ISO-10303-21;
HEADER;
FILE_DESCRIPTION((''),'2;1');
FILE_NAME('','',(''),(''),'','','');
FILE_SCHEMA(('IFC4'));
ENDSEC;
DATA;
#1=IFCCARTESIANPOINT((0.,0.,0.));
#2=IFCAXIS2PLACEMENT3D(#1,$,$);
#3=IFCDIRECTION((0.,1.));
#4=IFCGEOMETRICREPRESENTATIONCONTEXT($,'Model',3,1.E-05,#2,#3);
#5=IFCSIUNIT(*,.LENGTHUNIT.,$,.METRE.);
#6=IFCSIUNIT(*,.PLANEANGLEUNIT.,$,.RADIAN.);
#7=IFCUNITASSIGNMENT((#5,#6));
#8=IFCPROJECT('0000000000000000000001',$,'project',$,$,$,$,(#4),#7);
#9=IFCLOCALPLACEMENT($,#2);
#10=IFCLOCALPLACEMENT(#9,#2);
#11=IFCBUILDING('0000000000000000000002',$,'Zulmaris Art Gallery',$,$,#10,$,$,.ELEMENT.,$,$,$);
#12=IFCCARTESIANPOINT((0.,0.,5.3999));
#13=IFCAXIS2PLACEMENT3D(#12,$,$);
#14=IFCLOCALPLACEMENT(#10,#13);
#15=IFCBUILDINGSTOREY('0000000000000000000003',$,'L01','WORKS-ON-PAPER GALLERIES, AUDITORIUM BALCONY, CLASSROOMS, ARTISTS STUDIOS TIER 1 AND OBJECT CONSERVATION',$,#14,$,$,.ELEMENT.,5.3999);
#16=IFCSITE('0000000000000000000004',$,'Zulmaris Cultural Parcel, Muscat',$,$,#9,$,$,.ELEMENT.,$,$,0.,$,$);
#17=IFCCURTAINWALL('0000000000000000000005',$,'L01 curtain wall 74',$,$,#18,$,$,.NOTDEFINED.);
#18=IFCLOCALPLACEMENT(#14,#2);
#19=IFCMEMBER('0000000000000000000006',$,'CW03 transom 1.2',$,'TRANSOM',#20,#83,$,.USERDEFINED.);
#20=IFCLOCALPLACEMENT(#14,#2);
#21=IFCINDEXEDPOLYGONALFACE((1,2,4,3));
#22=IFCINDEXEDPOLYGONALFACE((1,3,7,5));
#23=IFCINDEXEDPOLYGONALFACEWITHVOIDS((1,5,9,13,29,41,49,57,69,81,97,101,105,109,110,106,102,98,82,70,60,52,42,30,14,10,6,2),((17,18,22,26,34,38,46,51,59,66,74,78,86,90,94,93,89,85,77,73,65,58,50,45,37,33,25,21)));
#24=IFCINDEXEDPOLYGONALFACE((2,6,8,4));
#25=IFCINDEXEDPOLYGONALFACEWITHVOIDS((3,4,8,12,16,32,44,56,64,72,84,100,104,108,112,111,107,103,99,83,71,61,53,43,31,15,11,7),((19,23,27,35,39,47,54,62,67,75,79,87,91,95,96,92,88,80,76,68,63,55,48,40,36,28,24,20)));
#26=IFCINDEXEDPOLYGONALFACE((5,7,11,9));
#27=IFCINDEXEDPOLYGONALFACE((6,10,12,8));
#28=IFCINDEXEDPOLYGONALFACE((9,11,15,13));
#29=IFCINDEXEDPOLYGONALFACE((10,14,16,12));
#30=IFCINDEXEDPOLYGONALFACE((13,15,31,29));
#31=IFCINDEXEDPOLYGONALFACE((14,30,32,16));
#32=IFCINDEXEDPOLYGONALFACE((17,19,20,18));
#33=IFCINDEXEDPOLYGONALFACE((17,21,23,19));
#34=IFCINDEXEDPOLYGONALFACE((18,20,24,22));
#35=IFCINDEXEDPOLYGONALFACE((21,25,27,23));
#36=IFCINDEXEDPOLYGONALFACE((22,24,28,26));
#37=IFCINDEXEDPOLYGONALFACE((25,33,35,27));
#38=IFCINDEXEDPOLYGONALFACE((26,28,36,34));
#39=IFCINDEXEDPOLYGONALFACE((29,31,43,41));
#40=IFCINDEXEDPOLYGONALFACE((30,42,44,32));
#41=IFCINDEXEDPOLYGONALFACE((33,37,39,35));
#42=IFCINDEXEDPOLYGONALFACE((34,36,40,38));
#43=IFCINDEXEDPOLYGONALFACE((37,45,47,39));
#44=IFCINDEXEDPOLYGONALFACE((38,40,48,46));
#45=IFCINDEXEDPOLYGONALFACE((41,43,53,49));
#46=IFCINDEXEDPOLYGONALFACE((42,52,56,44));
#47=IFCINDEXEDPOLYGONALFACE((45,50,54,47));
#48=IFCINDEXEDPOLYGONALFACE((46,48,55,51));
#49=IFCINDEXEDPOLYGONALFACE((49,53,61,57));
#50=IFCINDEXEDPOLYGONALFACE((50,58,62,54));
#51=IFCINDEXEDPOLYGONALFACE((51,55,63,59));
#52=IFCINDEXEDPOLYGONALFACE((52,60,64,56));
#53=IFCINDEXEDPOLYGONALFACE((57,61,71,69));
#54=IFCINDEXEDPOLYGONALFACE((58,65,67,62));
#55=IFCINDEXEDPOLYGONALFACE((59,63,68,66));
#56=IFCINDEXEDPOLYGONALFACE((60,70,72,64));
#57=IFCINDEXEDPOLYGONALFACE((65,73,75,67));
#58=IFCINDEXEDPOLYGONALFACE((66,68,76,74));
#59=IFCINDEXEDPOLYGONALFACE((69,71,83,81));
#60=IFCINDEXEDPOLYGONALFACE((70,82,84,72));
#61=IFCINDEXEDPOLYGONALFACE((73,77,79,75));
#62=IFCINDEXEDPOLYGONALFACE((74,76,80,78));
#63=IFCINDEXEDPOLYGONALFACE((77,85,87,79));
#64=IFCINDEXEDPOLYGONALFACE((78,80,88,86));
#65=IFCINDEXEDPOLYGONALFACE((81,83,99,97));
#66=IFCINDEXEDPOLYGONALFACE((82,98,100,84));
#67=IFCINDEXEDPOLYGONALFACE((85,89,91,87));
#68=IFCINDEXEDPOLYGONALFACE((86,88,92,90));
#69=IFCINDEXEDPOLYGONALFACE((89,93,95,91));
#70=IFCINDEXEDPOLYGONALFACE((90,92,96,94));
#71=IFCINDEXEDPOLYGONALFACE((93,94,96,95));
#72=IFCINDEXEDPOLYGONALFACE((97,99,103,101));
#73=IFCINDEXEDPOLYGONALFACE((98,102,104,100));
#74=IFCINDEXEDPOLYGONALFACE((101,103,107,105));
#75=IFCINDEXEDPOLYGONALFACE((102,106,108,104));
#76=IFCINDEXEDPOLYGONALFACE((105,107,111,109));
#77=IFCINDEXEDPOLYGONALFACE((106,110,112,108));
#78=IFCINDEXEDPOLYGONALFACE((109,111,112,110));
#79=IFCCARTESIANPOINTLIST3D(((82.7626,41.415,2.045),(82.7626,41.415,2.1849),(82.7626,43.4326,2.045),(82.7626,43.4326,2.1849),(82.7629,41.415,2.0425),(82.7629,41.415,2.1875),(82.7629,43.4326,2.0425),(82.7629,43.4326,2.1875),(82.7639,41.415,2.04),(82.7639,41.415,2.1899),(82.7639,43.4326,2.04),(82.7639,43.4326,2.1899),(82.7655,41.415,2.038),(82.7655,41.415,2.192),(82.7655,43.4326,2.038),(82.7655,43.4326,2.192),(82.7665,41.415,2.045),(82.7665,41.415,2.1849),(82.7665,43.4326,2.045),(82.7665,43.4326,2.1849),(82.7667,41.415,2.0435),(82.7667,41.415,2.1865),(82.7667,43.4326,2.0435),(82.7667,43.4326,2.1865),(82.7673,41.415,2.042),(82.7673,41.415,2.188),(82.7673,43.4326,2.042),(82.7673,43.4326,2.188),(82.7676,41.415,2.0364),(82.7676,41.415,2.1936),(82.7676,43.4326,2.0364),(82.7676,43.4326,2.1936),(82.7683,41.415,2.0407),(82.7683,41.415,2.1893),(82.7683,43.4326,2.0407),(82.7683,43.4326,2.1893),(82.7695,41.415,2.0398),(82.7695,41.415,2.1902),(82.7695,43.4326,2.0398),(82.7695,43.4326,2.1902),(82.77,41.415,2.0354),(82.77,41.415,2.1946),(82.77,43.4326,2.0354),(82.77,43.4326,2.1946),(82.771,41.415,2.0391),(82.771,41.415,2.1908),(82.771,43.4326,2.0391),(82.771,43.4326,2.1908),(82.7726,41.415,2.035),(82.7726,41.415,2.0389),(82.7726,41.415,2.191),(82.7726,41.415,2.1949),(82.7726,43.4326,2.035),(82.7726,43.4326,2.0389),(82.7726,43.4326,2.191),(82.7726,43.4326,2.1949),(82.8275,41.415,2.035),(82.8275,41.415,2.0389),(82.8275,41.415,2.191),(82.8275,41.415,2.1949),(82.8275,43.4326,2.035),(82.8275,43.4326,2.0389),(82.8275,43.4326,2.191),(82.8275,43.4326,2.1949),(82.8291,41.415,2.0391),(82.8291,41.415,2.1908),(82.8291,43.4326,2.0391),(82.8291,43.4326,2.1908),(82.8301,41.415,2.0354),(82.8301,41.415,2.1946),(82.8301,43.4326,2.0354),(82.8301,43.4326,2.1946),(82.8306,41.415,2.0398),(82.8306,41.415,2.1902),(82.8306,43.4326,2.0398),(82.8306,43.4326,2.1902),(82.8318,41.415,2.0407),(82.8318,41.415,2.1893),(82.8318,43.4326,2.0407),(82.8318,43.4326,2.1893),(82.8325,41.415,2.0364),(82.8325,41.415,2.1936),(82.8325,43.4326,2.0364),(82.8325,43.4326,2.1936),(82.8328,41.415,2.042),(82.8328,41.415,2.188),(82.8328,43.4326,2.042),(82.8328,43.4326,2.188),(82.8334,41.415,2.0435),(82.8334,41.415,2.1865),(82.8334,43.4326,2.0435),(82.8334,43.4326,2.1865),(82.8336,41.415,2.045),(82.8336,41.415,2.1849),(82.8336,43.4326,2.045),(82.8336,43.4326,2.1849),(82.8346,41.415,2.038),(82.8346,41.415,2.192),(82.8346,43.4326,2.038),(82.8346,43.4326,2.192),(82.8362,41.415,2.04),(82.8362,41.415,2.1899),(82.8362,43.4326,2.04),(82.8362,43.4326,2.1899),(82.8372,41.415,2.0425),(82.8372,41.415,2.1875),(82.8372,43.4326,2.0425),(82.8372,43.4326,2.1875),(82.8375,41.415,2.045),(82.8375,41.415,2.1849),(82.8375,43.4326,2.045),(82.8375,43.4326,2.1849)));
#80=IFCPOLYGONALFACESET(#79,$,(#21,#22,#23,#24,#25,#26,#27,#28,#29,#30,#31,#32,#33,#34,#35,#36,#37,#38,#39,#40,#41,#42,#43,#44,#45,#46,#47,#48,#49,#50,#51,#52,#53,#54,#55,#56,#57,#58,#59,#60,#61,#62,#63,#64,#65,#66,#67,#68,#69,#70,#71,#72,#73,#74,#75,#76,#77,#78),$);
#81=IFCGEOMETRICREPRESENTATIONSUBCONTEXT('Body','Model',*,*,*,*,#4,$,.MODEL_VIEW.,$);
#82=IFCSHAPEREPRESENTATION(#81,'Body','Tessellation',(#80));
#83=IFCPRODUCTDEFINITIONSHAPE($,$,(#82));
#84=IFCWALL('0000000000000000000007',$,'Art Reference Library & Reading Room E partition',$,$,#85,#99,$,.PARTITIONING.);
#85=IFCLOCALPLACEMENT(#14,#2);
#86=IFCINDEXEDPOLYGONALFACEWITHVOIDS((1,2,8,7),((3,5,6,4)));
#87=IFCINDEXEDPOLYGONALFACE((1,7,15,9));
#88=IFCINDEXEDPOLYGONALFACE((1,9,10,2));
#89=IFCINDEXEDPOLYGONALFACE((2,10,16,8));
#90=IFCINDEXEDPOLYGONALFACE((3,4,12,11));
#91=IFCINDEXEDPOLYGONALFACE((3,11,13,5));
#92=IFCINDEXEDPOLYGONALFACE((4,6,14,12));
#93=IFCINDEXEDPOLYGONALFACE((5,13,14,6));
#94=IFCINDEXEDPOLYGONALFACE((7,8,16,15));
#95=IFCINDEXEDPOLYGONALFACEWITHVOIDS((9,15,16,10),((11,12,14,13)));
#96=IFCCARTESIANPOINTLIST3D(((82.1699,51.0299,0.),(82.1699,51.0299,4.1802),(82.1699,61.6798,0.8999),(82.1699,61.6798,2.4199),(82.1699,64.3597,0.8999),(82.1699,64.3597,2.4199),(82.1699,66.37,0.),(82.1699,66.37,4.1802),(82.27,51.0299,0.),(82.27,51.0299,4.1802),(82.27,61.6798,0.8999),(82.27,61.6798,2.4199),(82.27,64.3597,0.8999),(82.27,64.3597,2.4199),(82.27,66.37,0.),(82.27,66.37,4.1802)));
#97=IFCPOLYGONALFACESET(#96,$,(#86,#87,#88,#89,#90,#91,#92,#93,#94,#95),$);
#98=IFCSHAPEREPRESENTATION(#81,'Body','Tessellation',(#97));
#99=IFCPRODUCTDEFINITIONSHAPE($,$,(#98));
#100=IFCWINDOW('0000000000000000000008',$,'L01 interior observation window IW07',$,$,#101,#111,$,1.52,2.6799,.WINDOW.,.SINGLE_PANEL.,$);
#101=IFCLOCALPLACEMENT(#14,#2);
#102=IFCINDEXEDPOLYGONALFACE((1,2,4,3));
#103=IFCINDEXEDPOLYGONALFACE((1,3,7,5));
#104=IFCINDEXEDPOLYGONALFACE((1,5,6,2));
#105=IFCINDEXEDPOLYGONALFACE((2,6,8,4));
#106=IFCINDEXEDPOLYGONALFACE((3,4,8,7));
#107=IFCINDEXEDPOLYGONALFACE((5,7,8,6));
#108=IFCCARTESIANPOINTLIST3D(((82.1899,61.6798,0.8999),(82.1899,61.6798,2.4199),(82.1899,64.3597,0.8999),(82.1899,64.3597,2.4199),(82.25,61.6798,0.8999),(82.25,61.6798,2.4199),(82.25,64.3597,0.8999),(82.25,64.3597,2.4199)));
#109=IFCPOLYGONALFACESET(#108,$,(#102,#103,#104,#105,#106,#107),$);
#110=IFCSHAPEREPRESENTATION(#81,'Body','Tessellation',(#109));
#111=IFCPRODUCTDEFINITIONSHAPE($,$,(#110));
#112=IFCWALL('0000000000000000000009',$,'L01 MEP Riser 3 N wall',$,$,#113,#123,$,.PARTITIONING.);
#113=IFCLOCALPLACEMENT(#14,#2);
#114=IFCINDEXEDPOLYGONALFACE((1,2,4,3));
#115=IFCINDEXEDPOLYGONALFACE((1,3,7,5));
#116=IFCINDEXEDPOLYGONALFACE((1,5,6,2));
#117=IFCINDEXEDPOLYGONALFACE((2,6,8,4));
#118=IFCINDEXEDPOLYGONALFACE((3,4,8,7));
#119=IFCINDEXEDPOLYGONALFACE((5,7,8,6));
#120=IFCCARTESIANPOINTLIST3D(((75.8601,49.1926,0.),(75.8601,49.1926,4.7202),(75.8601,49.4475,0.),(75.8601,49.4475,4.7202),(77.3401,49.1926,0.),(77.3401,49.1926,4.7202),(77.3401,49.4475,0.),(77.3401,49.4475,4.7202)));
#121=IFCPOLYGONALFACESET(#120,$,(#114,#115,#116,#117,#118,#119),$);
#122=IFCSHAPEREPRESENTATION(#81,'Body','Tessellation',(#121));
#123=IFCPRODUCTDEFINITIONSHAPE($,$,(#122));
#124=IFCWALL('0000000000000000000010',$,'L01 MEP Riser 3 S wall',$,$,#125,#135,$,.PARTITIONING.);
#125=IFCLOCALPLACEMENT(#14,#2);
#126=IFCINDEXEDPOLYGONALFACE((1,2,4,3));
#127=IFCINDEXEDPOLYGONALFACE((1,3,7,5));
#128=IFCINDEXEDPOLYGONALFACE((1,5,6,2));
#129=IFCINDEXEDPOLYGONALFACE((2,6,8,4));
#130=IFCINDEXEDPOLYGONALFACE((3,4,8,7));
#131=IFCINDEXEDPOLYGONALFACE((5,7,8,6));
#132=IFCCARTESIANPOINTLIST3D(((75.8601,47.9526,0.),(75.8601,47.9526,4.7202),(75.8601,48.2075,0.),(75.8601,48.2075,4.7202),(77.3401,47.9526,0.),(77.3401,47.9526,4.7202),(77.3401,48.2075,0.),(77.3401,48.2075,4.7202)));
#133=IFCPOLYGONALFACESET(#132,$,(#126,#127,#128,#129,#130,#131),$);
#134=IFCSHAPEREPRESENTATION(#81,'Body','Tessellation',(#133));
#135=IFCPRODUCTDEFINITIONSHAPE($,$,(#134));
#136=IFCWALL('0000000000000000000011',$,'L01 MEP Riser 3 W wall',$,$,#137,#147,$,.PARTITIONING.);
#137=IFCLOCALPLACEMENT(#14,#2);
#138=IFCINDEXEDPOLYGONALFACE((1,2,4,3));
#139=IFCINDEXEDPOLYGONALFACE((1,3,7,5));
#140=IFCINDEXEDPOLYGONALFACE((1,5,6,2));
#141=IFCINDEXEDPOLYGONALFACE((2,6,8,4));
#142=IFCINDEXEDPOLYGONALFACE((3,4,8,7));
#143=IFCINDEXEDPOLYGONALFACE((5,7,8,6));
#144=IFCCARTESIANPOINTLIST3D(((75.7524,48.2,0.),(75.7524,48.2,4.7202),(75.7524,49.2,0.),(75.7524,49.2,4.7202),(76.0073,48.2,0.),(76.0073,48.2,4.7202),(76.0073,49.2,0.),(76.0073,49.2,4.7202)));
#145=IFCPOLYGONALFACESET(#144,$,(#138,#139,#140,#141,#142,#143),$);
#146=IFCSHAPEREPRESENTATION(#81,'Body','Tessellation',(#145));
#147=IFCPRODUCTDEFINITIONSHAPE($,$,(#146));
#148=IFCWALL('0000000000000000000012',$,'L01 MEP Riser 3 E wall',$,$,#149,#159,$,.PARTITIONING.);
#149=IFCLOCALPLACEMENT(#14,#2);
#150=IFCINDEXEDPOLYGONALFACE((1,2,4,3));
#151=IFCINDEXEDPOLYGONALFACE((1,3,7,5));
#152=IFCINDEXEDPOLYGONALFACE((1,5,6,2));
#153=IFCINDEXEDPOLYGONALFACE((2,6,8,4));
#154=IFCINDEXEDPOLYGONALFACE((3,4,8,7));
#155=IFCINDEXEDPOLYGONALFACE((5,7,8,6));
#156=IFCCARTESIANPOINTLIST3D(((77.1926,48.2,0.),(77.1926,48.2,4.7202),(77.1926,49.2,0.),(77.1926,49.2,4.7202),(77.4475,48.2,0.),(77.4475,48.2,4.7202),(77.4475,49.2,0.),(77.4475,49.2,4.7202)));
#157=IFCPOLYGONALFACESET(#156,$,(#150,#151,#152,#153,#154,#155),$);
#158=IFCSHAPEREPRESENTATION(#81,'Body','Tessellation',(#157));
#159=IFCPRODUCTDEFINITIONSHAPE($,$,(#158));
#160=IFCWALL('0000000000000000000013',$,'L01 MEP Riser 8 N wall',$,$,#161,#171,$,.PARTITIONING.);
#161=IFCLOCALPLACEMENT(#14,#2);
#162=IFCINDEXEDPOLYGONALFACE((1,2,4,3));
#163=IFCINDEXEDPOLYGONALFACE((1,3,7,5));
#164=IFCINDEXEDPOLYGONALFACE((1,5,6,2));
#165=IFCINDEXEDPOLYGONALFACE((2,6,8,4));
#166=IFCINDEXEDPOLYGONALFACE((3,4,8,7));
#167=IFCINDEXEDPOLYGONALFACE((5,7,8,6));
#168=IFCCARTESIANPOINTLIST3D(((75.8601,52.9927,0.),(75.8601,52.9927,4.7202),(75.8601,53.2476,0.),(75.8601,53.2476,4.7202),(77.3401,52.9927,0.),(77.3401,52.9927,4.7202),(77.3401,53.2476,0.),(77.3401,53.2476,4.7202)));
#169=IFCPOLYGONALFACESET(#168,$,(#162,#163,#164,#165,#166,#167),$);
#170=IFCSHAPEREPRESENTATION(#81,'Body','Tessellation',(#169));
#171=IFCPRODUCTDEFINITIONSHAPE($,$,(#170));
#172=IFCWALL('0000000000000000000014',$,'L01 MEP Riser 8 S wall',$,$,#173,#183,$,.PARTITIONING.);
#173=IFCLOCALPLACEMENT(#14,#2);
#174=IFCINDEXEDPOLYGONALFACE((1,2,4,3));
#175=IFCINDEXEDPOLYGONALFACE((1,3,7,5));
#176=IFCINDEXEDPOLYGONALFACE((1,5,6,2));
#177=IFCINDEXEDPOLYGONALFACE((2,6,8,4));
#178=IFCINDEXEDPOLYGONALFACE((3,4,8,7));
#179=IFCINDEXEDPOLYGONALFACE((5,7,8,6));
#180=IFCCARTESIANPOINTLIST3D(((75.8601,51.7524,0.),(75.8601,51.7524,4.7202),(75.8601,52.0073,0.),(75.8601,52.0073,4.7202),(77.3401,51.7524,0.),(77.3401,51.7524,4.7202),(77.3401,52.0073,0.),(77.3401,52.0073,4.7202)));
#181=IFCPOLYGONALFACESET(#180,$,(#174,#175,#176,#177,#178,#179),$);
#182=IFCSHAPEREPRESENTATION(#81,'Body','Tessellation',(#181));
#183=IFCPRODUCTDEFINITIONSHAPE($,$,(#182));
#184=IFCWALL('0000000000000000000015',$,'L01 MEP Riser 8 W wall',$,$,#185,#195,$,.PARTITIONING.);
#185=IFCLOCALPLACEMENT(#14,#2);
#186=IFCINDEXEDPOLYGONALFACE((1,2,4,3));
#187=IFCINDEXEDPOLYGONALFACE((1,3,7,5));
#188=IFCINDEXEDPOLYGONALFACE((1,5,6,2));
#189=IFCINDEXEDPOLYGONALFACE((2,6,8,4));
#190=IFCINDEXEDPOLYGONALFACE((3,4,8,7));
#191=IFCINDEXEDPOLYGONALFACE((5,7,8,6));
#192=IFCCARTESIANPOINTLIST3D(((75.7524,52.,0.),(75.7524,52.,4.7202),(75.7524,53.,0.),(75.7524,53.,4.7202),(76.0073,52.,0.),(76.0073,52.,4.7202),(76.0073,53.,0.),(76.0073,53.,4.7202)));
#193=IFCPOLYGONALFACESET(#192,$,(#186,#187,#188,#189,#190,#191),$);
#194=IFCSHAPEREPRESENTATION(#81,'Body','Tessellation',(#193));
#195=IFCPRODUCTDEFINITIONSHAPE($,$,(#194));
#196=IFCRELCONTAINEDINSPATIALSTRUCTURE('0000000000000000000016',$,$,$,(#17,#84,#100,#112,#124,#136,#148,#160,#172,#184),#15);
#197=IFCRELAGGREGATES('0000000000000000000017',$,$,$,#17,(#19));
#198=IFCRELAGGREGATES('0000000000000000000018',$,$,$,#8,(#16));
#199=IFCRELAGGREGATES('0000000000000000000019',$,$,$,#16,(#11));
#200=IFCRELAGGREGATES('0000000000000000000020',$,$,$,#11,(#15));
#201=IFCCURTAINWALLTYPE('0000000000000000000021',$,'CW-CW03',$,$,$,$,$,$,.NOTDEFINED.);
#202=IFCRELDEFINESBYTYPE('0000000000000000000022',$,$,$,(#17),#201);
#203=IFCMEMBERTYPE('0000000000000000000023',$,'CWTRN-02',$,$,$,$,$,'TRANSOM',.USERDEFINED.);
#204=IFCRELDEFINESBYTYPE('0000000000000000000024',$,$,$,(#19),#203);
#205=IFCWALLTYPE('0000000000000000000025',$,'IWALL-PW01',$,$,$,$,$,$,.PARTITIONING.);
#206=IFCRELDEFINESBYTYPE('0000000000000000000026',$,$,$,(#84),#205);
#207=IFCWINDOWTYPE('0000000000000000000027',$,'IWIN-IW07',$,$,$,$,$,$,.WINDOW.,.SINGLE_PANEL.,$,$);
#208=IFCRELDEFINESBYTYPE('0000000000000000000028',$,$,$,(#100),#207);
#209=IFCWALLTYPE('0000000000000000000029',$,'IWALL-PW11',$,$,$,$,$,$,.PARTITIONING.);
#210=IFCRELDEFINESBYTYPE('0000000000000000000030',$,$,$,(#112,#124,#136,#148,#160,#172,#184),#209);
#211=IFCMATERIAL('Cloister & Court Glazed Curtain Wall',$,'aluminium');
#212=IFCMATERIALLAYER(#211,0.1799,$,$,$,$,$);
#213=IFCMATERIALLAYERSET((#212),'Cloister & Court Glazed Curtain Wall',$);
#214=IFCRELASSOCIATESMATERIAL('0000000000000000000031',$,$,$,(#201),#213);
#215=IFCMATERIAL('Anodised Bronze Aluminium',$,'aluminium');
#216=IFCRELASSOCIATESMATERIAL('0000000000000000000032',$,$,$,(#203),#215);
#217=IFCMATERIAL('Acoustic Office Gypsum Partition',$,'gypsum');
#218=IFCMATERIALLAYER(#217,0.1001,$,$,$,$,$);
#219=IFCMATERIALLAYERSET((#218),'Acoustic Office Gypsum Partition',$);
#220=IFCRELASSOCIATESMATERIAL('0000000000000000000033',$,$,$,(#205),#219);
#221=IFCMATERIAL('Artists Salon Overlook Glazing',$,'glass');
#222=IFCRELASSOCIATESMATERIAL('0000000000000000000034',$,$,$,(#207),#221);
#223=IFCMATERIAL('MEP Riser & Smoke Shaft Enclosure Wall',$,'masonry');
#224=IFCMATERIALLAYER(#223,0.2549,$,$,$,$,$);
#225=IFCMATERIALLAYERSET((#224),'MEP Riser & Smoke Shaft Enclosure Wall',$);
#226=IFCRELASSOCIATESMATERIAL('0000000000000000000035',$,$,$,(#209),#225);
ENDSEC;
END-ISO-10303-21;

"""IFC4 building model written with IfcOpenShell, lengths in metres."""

from ifc_helpers import new_model, si_unit, direction, frame, frame_2d, origin, origin_2d, place, context, subcontext, project, spatial, rectangle, hollow_rectangle, extrude, material, layer, layer_set, material_profile, profile_set, type_object, element, fill, aggregate, save


model = new_model("IFC4")

# Units and contexts
model_context = context("Model", 3, precision=1e-05, world=origin(), true_north=direction((0.0, 1.0)))
body_context = subcontext(model_context, "Body", "Model", "MODEL_VIEW")
ifc_project = project(units=[si_unit("LENGTHUNIT", "METRE"), si_unit("PLANEANGLEUNIT", "RADIAN")], contexts=[model_context])

# Site, building, storey
site_placement = place(None, origin())
site = spatial("IfcSite", under=ifc_project, at=site_placement, Name="Zulmaris Cultural Parcel, Muscat", CompositionType="ELEMENT", RefElevation=0.0)
building_placement = place(site_placement, origin())
building = spatial("IfcBuilding", under=site, at=building_placement, Name="Zulmaris Art Gallery", CompositionType="ELEMENT")
storey_placement = place(building_placement, frame((0.0, 0.0, 5.3999)))
storey = spatial("IfcBuildingStorey", under=building, at=storey_placement, Name="L01", Description="WORKS-ON-PAPER GALLERIES, AUDITORIUM BALCONY, CLASSROOMS, ARTISTS STUDIOS TIER 1 AND OBJECT CONSERVATION", CompositionType="ELEMENT", Elevation=5.3999)

# Curtain wall, member
ifc_material_1 = material(Name="Cloister & Court Glazed Curtain Wall", Category="aluminium")
ifc_layer_1 = layer(ifc_material_1, 0.1799)
ifc_layer_set_1 = layer_set([ifc_layer_1], Name="Cloister & Court Glazed Curtain Wall")
curtain_wall_type = type_object("IfcCurtainWallType", Name="CW-CW03", PredefinedType="NOTDEFINED", material=ifc_layer_set_1)
curtain_wall_placement = place(storey_placement, origin())
curtain_wall = element("IfcCurtainWall", 1, at=curtain_wall_placement, inside=storey, type_object=curtain_wall_type, Name="L01 curtain wall 74", PredefinedType="NOTDEFINED")
ifc_material_2 = material(Name="Anodised Bronze Aluminium", Category="aluminium")
ifc_material_profile_1 = material_profile(ifc_material_2, hollow_rectangle(XDim=0.075, YDim=0.1599, WallThickness=0.0039, InnerFilletRadius=0.0061, OuterFilletRadius=0.01, at=origin_2d()), Name="ALU 75x160x4")
ifc_profile_set_1 = profile_set([ifc_material_profile_1], Name="Anodised Bronze Aluminium")
member_type_1 = type_object("IfcMemberType", Name="CWTRN-02", ElementType="TRANSOM", PredefinedType="USERDEFINED", material=ifc_profile_set_1)
member_1_placement = place(storey_placement, frame((82.8, 41.415, 2.115), z_axis=(0.0, 1.0, 0.0), x_axis=(-1.0, 0.0, 0.0)))
member_1 = element("IfcMember", 2, at=member_1_placement, type_object=member_type_1, Name="CW03 transom 1.2", ObjectType="TRANSOM", PredefinedType="USERDEFINED", context=body_context, shape_type="SweptSolid", body=[
    extrude(hollow_rectangle(XDim=0.075, YDim=0.1599, WallThickness=0.0039, InnerFilletRadius=0.0061, OuterFilletRadius=0.01, at=origin_2d()), origin(), (0.0, 0.0, 1.0), 2.0176),
])
aggregate(curtain_wall, [member_1])

# Wall, opening, window
ifc_material_3 = material(Name="Acoustic Office Gypsum Partition", Category="gypsum")
ifc_layer_2 = layer(ifc_material_3, 0.1001)
ifc_layer_set_2 = layer_set([ifc_layer_2], Name="Acoustic Office Gypsum Partition")
wall_type_1 = type_object("IfcWallType", Name="IWALL-PW01", PredefinedType="PARTITIONING", material=ifc_layer_set_2)
wall_placement = place(storey_placement, frame((82.22, 51.03, 0.0), z_axis=(0.0, 0.0, 1.0), x_axis=(0.0, 1.0, 0.0)))
wall = element("IfcWall", 3, at=wall_placement, inside=storey, type_object=wall_type_1, Name="Art Reference Library & Reading Room E partition", PredefinedType="PARTITIONING", context=body_context, shape_type="SweptSolid", body=[
    extrude(rectangle(XDim=15.3401, YDim=0.1001, at=frame_2d((7.6699, 0.0))), origin(), (0.0, 0.0, 1.0), 4.1802),
])
opening_placement = place(wall_placement, frame((10.6499, 0.0, 0.8999)))
opening = element("IfcOpeningElement", 4, at=opening_placement, cuts=wall, PredefinedType="OPENING", context=body_context, shape_type="SweptSolid", body=[
    extrude(rectangle(XDim=2.6799, YDim=1.52, at=frame_2d((1.3398, 0.76))), frame((0.0, 0.0601, 0.0), z_axis=(0.0, -1.0, 0.0), x_axis=(1.0, 0.0, 0.0)), (0.0, 0.0, 1.0), 0.1201),
])
ifc_material_4 = material(Name="Artists Salon Overlook Glazing", Category="glass")
window_type = type_object("IfcWindowType", Name="IWIN-IW07", PartitioningType="SINGLE_PANEL", PredefinedType="WINDOW", material=ifc_material_4)
window_placement = place(opening_placement, origin())
window = element("IfcWindow", 5, at=window_placement, inside=storey, type_object=window_type, Name="L01 interior observation window IW07", OverallHeight=1.52, OverallWidth=2.6799, PartitioningType="SINGLE_PANEL", PredefinedType="WINDOW", context=body_context, shape_type="SweptSolid", body=[
    extrude(rectangle(XDim=2.6799, YDim=1.52, at=frame_2d((1.3398, 0.76))), frame((0.0, 0.03, 0.0), z_axis=(0.0, -1.0, 0.0), x_axis=(1.0, 0.0, 0.0)), (0.0, 0.0, 1.0), 0.0601),
])
fill(opening, window)

# Walls
ifc_material_5 = material(Name="MEP Riser & Smoke Shaft Enclosure Wall", Category="masonry")
ifc_layer_3 = layer(ifc_material_5, 0.2549)
ifc_layer_set_3 = layer_set([ifc_layer_3], Name="MEP Riser & Smoke Shaft Enclosure Wall")
wall_type_2 = type_object("IfcWallType", Name="IWALL-PW11", PredefinedType="PARTITIONING", material=ifc_layer_set_3)
for number, where, z_axis, x_axis, name in (
    (6, (75.8601, 49.3201, 0.0), (0.0, 0.0, 1.0), (1.0, 0.0, 0.0), "L01 MEP Riser 3 N wall"),
    (7, (75.8601, 48.0801, 0.0), (0.0, 0.0, 1.0), (1.0, 0.0, 0.0), "L01 MEP Riser 3 S wall"),
):
    element("IfcWall", number, at=place(storey_placement, frame(where, z_axis=z_axis, x_axis=x_axis)), inside=storey, type_object=wall_type_2, Name=name, PredefinedType="PARTITIONING", context=body_context, shape_type="SweptSolid", body=[
        extrude(rectangle(XDim=1.48, YDim=0.2549, at=frame_2d((0.74, 0.0))), origin(), (0.0, 0.0, 1.0), 4.7202),
    ])
for number, where, z_axis, x_axis, name in (
    (8, (75.8799, 48.2, 0.0), (0.0, 0.0, 1.0), (0.0, 1.0, 0.0), "L01 MEP Riser 3 W wall"),
    (9, (77.3201, 48.2, 0.0), (0.0, 0.0, 1.0), (0.0, 1.0, 0.0), "L01 MEP Riser 3 E wall"),
):
    element("IfcWall", number, at=place(storey_placement, frame(where, z_axis=z_axis, x_axis=x_axis)), inside=storey, type_object=wall_type_2, Name=name, PredefinedType="PARTITIONING", context=body_context, shape_type="SweptSolid", body=[
        extrude(rectangle(XDim=1.0, YDim=0.2549, at=frame_2d((0.5, 0.0))), origin(), (0.0, 0.0, 1.0), 4.7202),
    ])
for number, where, z_axis, x_axis, name in (
    (10, (75.8601, 53.1201, 0.0), (0.0, 0.0, 1.0), (1.0, 0.0, 0.0), "L01 MEP Riser 8 N wall"),
    (11, (75.8601, 51.8799, 0.0), (0.0, 0.0, 1.0), (1.0, 0.0, 0.0), "L01 MEP Riser 8 S wall"),
):
    element("IfcWall", number, at=place(storey_placement, frame(where, z_axis=z_axis, x_axis=x_axis)), inside=storey, type_object=wall_type_2, Name=name, PredefinedType="PARTITIONING", context=body_context, shape_type="SweptSolid", body=[
        extrude(rectangle(XDim=1.48, YDim=0.2549, at=frame_2d((0.74, 0.0))), origin(), (0.0, 0.0, 1.0), 4.7202),
    ])
for number, where, z_axis, x_axis, name in (
    (12, (75.8799, 52.0, 0.0), (0.0, 0.0, 1.0), (0.0, 1.0, 0.0), "L01 MEP Riser 8 W wall"),
):
    element("IfcWall", number, at=place(storey_placement, frame(where, z_axis=z_axis, x_axis=x_axis)), inside=storey, type_object=wall_type_2, Name=name, PredefinedType="PARTITIONING", context=body_context, shape_type="SweptSolid", body=[
        extrude(rectangle(XDim=1.0, YDim=0.2549, at=frame_2d((0.5, 0.0))), origin(), (0.0, 0.0, 1.0), 4.7202),
    ])

save(model, "model.ifc")
